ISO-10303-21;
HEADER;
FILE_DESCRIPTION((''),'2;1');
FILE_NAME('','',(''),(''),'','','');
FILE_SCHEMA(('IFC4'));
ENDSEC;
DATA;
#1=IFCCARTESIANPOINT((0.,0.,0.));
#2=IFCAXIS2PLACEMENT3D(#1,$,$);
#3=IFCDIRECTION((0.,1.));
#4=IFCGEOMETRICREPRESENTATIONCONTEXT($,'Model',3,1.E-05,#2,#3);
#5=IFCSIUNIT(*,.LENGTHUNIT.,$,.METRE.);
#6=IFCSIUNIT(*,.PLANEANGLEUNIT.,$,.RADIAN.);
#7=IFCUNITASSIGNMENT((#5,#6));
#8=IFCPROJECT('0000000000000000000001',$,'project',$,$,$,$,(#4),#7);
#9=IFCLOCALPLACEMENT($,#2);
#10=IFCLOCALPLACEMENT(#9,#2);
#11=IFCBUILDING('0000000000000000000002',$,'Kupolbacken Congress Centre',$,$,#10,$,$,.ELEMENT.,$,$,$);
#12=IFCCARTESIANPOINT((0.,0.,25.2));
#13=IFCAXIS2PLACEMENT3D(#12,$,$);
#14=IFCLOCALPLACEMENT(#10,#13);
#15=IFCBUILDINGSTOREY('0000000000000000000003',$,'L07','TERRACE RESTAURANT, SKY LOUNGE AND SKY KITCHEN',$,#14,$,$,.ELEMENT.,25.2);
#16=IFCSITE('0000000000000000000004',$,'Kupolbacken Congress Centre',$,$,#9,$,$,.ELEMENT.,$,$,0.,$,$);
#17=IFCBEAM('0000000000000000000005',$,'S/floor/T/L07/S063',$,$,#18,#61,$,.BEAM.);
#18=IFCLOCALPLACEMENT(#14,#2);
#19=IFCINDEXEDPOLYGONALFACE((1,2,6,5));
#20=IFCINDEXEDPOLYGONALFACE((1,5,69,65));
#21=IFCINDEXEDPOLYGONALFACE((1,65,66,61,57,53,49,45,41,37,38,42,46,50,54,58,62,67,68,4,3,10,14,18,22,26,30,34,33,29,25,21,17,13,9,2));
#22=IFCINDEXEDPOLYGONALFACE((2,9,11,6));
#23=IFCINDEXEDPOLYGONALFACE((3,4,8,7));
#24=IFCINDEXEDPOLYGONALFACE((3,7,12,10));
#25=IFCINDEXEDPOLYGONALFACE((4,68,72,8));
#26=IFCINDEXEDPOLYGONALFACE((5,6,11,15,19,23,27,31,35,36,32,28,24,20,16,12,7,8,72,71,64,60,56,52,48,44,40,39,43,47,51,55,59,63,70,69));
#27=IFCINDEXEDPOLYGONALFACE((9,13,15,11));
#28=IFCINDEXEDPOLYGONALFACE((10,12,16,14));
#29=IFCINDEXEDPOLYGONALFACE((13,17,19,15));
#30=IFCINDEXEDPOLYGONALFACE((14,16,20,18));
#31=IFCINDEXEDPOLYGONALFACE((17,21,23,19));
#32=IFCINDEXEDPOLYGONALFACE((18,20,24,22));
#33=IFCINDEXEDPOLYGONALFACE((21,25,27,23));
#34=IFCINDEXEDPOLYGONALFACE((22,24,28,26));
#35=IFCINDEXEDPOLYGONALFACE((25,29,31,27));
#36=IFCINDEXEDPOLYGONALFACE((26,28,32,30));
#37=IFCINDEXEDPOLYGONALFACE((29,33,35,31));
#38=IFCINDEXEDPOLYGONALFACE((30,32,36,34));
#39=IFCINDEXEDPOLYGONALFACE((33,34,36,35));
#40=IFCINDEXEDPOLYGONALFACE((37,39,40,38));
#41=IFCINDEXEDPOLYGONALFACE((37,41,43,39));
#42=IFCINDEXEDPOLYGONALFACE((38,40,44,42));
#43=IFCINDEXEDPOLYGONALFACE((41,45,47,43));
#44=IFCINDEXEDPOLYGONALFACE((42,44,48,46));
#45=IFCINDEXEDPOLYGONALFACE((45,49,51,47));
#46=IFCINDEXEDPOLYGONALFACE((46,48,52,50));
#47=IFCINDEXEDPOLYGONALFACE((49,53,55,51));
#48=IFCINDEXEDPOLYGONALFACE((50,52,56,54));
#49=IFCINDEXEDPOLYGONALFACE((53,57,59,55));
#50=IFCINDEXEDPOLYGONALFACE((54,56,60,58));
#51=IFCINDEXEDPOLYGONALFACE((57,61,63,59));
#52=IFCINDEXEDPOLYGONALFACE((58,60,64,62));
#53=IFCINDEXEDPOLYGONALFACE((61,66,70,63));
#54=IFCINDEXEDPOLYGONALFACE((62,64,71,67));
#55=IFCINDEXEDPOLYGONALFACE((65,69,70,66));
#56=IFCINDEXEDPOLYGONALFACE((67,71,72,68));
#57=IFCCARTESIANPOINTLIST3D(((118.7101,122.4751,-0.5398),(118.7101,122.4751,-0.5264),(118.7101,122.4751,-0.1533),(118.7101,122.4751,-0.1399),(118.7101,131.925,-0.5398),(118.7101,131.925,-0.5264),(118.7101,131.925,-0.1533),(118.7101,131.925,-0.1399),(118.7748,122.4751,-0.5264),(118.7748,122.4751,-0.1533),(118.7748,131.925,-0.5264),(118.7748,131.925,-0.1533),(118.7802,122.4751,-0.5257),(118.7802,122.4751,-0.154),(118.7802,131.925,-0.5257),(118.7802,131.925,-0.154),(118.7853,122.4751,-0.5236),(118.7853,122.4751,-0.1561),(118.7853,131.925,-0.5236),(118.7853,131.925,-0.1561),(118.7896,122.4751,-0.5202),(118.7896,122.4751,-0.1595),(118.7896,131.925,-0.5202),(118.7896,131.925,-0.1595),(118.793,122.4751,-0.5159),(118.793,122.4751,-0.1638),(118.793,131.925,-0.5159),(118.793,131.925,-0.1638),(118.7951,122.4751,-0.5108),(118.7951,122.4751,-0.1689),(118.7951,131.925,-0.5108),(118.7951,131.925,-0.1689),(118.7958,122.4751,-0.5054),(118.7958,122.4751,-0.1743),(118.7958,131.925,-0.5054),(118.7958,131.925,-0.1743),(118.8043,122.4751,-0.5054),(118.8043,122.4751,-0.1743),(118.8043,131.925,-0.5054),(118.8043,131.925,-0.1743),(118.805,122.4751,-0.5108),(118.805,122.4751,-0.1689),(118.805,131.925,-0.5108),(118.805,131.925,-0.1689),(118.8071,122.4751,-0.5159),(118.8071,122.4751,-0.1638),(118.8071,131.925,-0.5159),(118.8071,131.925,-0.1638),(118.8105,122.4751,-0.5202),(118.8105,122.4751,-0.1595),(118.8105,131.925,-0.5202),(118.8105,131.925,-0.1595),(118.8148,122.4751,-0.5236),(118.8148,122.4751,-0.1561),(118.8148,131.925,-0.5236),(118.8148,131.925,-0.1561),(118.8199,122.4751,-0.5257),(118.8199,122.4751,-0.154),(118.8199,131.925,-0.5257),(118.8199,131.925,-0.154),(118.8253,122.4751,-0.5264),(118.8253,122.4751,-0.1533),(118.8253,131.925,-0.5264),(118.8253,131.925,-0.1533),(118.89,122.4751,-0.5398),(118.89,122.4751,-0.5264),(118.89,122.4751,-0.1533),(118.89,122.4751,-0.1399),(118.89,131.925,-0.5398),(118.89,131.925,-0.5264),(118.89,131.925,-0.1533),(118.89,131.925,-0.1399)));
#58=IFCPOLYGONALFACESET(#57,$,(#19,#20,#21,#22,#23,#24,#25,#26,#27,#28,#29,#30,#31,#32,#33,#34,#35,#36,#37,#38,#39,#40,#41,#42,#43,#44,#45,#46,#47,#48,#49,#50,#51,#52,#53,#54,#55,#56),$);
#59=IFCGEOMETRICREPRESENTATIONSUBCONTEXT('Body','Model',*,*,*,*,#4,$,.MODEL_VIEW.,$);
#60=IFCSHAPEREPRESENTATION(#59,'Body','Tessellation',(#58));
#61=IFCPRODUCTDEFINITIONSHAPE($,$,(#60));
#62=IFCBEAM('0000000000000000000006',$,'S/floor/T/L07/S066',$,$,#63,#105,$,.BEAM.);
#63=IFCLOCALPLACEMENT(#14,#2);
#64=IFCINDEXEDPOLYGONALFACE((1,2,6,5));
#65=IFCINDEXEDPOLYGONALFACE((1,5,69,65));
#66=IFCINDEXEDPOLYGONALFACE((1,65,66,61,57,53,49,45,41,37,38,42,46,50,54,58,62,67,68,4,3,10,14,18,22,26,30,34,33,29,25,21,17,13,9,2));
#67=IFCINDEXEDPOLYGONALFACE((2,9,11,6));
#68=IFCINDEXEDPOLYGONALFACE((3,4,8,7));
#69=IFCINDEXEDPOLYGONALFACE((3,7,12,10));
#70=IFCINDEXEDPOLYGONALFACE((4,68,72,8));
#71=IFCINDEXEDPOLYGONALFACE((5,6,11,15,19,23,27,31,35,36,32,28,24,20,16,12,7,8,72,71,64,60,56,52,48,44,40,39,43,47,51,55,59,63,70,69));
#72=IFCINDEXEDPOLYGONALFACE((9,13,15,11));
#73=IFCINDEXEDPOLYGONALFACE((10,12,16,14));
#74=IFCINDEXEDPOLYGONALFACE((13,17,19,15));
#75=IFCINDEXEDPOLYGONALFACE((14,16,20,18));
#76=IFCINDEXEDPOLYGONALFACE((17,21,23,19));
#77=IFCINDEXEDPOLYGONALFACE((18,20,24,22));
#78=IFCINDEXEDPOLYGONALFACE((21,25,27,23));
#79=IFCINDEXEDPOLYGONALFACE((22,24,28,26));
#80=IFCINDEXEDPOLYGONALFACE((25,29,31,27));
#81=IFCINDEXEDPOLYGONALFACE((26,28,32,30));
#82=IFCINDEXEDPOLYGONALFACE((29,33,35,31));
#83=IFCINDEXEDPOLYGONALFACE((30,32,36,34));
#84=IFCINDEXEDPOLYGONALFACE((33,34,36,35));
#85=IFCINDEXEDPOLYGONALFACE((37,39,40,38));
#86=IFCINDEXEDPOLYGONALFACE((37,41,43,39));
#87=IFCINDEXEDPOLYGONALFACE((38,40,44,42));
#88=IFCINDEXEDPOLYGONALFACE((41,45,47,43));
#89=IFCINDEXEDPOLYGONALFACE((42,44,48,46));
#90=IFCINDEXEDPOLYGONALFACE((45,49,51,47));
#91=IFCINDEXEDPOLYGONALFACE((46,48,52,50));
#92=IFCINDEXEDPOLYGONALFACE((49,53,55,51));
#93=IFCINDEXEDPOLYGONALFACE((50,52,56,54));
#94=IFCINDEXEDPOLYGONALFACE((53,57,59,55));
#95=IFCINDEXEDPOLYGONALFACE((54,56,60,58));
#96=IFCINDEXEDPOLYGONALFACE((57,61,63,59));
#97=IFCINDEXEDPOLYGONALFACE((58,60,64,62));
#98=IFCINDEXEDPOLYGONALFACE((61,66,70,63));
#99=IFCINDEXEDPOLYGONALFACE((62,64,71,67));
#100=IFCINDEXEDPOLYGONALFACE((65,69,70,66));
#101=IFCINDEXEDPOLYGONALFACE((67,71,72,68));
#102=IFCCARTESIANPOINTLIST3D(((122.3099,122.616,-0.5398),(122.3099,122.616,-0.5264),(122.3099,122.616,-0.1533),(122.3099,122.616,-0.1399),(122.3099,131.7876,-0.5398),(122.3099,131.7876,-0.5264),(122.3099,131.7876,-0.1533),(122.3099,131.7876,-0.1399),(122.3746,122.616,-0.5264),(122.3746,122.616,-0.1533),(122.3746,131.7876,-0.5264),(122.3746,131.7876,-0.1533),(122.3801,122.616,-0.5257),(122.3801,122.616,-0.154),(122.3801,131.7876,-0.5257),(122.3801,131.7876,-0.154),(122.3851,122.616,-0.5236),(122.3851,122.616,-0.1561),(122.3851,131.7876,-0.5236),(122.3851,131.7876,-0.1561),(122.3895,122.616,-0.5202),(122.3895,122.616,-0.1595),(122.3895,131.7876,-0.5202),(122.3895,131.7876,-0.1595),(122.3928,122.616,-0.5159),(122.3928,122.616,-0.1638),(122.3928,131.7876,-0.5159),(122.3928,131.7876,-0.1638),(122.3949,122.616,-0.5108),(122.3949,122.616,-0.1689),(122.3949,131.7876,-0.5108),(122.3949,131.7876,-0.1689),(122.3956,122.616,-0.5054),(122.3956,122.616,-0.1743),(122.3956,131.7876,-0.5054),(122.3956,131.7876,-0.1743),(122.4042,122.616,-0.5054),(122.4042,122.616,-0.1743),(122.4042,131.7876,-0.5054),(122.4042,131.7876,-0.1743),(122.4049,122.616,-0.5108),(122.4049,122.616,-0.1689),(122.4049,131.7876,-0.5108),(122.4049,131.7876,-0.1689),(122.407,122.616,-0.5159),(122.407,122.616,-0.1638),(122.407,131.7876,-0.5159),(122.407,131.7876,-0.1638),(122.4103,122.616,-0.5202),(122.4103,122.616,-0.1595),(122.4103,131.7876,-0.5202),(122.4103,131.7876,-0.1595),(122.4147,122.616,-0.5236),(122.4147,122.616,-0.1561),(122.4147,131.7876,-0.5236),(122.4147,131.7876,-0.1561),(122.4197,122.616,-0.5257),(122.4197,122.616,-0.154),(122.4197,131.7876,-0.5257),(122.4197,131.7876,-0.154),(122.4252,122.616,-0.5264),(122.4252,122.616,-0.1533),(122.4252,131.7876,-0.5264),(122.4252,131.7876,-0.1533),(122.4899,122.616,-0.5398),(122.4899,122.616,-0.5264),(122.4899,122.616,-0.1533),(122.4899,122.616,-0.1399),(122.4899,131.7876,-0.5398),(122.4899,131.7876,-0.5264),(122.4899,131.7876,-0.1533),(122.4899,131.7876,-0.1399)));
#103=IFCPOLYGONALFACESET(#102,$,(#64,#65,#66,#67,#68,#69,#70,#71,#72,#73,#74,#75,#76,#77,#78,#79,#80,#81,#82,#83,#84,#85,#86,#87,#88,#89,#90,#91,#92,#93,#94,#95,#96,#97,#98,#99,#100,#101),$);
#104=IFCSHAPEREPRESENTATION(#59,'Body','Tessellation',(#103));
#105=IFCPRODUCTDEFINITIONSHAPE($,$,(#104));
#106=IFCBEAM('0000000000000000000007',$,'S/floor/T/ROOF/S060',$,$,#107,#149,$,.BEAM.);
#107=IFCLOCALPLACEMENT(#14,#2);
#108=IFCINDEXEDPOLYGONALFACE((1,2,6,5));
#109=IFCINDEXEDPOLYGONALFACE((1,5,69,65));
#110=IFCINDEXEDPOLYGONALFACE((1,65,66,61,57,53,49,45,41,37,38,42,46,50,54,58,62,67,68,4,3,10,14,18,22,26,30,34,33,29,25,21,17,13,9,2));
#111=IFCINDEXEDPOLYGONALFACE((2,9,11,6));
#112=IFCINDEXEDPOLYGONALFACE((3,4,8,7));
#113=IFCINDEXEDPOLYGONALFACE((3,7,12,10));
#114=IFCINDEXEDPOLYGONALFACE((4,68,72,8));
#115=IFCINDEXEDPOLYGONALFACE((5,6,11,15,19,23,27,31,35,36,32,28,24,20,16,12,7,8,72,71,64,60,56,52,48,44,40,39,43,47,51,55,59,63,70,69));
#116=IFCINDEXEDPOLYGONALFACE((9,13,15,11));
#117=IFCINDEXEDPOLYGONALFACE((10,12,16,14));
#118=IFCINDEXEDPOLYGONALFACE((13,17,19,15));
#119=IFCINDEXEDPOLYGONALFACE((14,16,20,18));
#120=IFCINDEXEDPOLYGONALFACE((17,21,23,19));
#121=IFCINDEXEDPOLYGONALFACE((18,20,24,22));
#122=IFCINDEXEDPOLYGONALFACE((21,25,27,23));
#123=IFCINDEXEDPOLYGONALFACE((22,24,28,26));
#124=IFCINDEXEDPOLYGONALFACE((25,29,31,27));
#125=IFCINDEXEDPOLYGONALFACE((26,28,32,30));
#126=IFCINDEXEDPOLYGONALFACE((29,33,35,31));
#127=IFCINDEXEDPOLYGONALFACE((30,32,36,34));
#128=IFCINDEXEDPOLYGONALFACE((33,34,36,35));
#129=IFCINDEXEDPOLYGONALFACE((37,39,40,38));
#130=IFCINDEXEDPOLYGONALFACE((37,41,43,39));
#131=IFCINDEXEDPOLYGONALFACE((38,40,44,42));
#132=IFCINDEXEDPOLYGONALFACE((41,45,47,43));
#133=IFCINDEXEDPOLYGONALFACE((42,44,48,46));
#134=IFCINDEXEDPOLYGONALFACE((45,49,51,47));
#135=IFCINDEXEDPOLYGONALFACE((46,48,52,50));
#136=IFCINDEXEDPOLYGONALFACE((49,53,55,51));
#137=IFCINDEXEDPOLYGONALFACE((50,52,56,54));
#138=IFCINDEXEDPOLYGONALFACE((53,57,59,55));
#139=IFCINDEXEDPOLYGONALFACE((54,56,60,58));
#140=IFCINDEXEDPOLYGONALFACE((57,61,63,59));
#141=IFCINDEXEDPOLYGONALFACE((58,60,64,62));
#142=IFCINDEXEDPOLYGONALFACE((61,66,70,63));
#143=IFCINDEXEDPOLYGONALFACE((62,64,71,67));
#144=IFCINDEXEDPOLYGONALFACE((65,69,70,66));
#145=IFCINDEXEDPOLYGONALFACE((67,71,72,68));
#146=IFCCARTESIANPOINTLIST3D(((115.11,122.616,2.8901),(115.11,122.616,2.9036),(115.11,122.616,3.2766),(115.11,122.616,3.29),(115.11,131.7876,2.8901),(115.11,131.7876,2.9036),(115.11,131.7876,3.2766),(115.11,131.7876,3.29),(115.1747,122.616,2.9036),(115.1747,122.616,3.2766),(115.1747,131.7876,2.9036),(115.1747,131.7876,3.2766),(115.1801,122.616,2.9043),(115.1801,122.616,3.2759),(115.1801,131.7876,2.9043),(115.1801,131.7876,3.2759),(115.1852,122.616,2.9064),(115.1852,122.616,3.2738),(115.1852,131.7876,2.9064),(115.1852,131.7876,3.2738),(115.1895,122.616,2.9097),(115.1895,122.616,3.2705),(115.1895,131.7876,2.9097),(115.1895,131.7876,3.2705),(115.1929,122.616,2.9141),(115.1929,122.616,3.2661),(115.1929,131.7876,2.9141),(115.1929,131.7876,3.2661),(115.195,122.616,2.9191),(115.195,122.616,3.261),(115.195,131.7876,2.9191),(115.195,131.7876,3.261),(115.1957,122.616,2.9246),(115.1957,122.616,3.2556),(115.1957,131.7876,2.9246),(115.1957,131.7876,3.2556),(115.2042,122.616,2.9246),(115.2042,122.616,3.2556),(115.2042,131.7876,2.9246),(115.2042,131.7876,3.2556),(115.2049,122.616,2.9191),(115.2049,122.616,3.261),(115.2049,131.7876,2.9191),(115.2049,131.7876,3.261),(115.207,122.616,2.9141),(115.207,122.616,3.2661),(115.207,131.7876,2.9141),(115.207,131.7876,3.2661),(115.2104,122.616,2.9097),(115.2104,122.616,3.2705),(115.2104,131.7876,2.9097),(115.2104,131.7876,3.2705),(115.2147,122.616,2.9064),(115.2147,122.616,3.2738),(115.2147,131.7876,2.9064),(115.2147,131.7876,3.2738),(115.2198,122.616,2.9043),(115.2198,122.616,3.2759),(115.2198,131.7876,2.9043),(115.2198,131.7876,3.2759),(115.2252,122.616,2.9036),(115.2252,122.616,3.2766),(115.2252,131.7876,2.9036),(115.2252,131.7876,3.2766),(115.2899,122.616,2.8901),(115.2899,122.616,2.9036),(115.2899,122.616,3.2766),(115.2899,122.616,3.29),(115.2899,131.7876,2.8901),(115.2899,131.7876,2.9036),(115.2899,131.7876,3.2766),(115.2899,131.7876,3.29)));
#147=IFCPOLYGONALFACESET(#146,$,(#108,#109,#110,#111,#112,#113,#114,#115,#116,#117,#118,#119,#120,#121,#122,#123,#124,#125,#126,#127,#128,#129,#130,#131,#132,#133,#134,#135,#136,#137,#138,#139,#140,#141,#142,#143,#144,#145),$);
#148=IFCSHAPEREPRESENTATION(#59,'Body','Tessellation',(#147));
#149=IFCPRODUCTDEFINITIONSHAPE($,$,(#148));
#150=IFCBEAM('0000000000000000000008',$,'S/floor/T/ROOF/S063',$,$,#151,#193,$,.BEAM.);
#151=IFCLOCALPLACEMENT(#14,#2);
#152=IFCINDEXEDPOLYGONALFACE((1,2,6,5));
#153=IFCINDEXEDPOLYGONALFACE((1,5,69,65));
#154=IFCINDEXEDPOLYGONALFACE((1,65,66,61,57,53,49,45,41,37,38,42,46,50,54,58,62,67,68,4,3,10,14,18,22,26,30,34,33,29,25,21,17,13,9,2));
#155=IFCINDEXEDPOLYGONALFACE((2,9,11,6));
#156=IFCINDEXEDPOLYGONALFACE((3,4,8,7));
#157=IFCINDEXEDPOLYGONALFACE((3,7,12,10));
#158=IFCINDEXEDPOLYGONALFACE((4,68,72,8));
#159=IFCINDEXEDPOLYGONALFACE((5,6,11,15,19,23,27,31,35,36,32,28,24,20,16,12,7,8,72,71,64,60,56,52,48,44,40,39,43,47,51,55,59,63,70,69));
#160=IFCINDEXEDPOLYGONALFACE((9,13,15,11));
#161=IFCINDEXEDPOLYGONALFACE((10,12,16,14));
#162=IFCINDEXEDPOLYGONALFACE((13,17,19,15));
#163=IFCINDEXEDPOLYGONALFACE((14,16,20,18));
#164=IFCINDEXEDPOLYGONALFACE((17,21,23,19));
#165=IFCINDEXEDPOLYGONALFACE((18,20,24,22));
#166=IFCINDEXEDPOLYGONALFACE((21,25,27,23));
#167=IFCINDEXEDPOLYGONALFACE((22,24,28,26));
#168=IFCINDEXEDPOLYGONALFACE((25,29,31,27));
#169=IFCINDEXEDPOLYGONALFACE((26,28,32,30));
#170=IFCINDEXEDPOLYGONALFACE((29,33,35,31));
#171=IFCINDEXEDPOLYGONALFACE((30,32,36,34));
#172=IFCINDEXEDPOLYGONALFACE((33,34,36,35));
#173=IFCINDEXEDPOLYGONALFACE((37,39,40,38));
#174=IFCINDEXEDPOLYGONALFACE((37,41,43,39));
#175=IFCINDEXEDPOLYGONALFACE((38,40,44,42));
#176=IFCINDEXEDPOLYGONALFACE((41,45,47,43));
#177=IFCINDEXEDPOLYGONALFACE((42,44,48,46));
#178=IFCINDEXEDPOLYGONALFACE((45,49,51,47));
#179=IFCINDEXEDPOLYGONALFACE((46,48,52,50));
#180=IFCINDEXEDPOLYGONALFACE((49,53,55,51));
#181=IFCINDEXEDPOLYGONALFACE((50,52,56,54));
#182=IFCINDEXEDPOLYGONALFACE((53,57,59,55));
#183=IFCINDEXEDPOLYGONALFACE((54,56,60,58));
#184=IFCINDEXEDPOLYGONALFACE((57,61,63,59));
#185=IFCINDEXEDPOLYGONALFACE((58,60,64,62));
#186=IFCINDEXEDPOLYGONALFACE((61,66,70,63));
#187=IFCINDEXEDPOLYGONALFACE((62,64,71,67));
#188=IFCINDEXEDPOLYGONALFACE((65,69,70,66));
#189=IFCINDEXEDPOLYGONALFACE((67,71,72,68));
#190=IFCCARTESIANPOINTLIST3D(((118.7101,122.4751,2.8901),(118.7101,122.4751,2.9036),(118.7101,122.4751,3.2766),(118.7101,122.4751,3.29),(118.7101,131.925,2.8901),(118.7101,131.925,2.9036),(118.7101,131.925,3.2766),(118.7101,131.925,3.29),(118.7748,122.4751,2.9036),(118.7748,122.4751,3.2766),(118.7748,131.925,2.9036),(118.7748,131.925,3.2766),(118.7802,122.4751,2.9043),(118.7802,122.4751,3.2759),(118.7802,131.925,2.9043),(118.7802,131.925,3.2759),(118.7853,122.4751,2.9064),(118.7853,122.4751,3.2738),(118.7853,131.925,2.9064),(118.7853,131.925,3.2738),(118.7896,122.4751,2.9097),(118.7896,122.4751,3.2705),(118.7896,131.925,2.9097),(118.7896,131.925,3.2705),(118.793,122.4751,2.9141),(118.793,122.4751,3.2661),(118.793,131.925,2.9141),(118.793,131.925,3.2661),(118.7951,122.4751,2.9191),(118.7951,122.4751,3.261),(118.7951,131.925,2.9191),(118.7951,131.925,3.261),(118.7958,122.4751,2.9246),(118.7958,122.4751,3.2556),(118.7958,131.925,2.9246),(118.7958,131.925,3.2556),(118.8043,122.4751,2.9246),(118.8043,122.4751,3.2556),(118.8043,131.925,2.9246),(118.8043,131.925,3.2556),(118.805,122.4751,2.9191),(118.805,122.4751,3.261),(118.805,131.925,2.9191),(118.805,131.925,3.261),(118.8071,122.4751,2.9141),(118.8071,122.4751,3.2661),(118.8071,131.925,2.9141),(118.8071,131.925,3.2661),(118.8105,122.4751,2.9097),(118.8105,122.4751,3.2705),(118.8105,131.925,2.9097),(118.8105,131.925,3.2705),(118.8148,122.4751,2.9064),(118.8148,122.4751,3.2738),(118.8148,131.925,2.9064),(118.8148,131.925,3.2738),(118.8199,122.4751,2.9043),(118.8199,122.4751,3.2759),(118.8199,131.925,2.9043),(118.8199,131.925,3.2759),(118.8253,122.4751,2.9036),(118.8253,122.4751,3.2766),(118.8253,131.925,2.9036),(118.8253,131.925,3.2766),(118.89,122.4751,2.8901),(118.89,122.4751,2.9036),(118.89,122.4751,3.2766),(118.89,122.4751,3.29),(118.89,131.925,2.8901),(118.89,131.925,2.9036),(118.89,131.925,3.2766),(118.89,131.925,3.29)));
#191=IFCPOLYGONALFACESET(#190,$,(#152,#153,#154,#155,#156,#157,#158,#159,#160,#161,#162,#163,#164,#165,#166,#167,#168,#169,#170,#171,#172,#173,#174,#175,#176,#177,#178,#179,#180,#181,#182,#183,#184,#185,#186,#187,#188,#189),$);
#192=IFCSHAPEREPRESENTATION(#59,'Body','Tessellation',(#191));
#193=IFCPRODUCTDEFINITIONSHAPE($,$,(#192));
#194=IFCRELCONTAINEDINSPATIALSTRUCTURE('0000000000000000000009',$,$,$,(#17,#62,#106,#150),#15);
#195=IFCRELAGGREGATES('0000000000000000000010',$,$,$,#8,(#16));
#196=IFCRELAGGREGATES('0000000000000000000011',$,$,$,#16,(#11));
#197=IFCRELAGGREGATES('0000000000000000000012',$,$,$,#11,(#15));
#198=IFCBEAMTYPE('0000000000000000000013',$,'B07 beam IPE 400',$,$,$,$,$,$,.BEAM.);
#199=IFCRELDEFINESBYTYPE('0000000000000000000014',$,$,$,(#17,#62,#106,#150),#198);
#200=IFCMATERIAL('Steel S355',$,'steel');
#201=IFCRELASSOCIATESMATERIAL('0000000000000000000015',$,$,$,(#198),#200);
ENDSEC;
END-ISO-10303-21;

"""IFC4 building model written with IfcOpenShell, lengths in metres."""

from ifc_helpers import new_model, si_unit, direction, frame, origin, origin_2d, place, context, subcontext, project, spatial, i_section, extrude, material, material_profile, profile_set, type_object, element, save


model = new_model("IFC4")

# Units and contexts
model_context = context("Model", 3, precision=1e-05, world=origin(), true_north=direction((0.0, 1.0)))
body_context = subcontext(model_context, "Body", "Model", "MODEL_VIEW")
ifc_project = project(units=[si_unit("LENGTHUNIT", "METRE"), si_unit("PLANEANGLEUNIT", "RADIAN")], contexts=[model_context])

# Site, building, storey
site_placement = place(None, origin())
site = spatial("IfcSite", under=ifc_project, at=site_placement, Name="Kupolbacken Congress Centre", CompositionType="ELEMENT", RefElevation=0.0)
building_placement = place(site_placement, origin())
building = spatial("IfcBuilding", under=site, at=building_placement, Name="Kupolbacken Congress Centre", CompositionType="ELEMENT")
storey_placement = place(building_placement, frame((0.0, 0.0, 25.2)))
storey = spatial("IfcBuildingStorey", under=building, at=storey_placement, Name="L07", Description="TERRACE RESTAURANT, SKY LOUNGE AND SKY KITCHEN", CompositionType="ELEMENT", Elevation=25.2)

# Beams
ifc_material_1 = material(Name="Steel S355", Category="steel")
ifc_material_profile_1 = material_profile(ifc_material_1, i_section(OverallWidth=0.1799, OverallDepth=0.3999, WebThickness=0.0085, FlangeThickness=0.0134, FilletRadius=0.021, at=origin_2d()), Name="IPE 400")
ifc_profile_set_1 = profile_set([ifc_material_profile_1], Name="Steel S355")
beam_type_1 = type_object("IfcBeamType", Name="B07 beam IPE 400", PredefinedType="BEAM", material=ifc_profile_set_1)
beam_1_placement = place(storey_placement, frame((118.8, 122.4751, -0.3398), z_axis=(0.0, 1.0, 0.0), x_axis=(-1.0, 0.0, 0.0)))
element("IfcBeam", 1, at=beam_1_placement, inside=storey, type_object=beam_type_1, Name="S/floor/T/L07/S063", PredefinedType="BEAM", context=body_context, shape_type="SweptSolid", body=[
    extrude(i_section(OverallWidth=0.1799, OverallDepth=0.3999, WebThickness=0.0085, FlangeThickness=0.0134, FilletRadius=0.021, at=origin_2d()), origin(), (0.0, 0.0, 1.0), 9.45),
])
for number, where, z_axis, x_axis, name in (
    (2, (122.3999, 122.616, -0.3398), (0.0, 1.0, 0.0), (-1.0, 0.0, 0.0), "S/floor/T/L07/S066"),
    (3, (115.2, 122.616, 3.0901), (0.0, 1.0, 0.0), (-1.0, 0.0, 0.0), "S/floor/T/ROOF/S060"),
):
    element("IfcBeam", number, at=place(storey_placement, frame(where, z_axis=z_axis, x_axis=x_axis)), inside=storey, type_object=beam_type_1, Name=name, PredefinedType="BEAM", context=body_context, shape_type="SweptSolid", body=[
        extrude(i_section(OverallWidth=0.1799, OverallDepth=0.3999, WebThickness=0.0085, FlangeThickness=0.0134, FilletRadius=0.021, at=origin_2d()), origin(), (0.0, 0.0, 1.0), 9.1716),
    ])
beam_2_placement = place(storey_placement, frame((118.8, 122.4751, 3.0901), z_axis=(0.0, 1.0, 0.0), x_axis=(-1.0, 0.0, 0.0)))
element("IfcBeam", 4, at=beam_2_placement, inside=storey, type_object=beam_type_1, Name="S/floor/T/ROOF/S063", PredefinedType="BEAM", context=body_context, shape_type="SweptSolid", body=[
    extrude(i_section(OverallWidth=0.1799, OverallDepth=0.3999, WebThickness=0.0085, FlangeThickness=0.0134, FilletRadius=0.021, at=origin_2d()), origin(), (0.0, 0.0, 1.0), 9.45),
])

save(model, "model.ifc")
